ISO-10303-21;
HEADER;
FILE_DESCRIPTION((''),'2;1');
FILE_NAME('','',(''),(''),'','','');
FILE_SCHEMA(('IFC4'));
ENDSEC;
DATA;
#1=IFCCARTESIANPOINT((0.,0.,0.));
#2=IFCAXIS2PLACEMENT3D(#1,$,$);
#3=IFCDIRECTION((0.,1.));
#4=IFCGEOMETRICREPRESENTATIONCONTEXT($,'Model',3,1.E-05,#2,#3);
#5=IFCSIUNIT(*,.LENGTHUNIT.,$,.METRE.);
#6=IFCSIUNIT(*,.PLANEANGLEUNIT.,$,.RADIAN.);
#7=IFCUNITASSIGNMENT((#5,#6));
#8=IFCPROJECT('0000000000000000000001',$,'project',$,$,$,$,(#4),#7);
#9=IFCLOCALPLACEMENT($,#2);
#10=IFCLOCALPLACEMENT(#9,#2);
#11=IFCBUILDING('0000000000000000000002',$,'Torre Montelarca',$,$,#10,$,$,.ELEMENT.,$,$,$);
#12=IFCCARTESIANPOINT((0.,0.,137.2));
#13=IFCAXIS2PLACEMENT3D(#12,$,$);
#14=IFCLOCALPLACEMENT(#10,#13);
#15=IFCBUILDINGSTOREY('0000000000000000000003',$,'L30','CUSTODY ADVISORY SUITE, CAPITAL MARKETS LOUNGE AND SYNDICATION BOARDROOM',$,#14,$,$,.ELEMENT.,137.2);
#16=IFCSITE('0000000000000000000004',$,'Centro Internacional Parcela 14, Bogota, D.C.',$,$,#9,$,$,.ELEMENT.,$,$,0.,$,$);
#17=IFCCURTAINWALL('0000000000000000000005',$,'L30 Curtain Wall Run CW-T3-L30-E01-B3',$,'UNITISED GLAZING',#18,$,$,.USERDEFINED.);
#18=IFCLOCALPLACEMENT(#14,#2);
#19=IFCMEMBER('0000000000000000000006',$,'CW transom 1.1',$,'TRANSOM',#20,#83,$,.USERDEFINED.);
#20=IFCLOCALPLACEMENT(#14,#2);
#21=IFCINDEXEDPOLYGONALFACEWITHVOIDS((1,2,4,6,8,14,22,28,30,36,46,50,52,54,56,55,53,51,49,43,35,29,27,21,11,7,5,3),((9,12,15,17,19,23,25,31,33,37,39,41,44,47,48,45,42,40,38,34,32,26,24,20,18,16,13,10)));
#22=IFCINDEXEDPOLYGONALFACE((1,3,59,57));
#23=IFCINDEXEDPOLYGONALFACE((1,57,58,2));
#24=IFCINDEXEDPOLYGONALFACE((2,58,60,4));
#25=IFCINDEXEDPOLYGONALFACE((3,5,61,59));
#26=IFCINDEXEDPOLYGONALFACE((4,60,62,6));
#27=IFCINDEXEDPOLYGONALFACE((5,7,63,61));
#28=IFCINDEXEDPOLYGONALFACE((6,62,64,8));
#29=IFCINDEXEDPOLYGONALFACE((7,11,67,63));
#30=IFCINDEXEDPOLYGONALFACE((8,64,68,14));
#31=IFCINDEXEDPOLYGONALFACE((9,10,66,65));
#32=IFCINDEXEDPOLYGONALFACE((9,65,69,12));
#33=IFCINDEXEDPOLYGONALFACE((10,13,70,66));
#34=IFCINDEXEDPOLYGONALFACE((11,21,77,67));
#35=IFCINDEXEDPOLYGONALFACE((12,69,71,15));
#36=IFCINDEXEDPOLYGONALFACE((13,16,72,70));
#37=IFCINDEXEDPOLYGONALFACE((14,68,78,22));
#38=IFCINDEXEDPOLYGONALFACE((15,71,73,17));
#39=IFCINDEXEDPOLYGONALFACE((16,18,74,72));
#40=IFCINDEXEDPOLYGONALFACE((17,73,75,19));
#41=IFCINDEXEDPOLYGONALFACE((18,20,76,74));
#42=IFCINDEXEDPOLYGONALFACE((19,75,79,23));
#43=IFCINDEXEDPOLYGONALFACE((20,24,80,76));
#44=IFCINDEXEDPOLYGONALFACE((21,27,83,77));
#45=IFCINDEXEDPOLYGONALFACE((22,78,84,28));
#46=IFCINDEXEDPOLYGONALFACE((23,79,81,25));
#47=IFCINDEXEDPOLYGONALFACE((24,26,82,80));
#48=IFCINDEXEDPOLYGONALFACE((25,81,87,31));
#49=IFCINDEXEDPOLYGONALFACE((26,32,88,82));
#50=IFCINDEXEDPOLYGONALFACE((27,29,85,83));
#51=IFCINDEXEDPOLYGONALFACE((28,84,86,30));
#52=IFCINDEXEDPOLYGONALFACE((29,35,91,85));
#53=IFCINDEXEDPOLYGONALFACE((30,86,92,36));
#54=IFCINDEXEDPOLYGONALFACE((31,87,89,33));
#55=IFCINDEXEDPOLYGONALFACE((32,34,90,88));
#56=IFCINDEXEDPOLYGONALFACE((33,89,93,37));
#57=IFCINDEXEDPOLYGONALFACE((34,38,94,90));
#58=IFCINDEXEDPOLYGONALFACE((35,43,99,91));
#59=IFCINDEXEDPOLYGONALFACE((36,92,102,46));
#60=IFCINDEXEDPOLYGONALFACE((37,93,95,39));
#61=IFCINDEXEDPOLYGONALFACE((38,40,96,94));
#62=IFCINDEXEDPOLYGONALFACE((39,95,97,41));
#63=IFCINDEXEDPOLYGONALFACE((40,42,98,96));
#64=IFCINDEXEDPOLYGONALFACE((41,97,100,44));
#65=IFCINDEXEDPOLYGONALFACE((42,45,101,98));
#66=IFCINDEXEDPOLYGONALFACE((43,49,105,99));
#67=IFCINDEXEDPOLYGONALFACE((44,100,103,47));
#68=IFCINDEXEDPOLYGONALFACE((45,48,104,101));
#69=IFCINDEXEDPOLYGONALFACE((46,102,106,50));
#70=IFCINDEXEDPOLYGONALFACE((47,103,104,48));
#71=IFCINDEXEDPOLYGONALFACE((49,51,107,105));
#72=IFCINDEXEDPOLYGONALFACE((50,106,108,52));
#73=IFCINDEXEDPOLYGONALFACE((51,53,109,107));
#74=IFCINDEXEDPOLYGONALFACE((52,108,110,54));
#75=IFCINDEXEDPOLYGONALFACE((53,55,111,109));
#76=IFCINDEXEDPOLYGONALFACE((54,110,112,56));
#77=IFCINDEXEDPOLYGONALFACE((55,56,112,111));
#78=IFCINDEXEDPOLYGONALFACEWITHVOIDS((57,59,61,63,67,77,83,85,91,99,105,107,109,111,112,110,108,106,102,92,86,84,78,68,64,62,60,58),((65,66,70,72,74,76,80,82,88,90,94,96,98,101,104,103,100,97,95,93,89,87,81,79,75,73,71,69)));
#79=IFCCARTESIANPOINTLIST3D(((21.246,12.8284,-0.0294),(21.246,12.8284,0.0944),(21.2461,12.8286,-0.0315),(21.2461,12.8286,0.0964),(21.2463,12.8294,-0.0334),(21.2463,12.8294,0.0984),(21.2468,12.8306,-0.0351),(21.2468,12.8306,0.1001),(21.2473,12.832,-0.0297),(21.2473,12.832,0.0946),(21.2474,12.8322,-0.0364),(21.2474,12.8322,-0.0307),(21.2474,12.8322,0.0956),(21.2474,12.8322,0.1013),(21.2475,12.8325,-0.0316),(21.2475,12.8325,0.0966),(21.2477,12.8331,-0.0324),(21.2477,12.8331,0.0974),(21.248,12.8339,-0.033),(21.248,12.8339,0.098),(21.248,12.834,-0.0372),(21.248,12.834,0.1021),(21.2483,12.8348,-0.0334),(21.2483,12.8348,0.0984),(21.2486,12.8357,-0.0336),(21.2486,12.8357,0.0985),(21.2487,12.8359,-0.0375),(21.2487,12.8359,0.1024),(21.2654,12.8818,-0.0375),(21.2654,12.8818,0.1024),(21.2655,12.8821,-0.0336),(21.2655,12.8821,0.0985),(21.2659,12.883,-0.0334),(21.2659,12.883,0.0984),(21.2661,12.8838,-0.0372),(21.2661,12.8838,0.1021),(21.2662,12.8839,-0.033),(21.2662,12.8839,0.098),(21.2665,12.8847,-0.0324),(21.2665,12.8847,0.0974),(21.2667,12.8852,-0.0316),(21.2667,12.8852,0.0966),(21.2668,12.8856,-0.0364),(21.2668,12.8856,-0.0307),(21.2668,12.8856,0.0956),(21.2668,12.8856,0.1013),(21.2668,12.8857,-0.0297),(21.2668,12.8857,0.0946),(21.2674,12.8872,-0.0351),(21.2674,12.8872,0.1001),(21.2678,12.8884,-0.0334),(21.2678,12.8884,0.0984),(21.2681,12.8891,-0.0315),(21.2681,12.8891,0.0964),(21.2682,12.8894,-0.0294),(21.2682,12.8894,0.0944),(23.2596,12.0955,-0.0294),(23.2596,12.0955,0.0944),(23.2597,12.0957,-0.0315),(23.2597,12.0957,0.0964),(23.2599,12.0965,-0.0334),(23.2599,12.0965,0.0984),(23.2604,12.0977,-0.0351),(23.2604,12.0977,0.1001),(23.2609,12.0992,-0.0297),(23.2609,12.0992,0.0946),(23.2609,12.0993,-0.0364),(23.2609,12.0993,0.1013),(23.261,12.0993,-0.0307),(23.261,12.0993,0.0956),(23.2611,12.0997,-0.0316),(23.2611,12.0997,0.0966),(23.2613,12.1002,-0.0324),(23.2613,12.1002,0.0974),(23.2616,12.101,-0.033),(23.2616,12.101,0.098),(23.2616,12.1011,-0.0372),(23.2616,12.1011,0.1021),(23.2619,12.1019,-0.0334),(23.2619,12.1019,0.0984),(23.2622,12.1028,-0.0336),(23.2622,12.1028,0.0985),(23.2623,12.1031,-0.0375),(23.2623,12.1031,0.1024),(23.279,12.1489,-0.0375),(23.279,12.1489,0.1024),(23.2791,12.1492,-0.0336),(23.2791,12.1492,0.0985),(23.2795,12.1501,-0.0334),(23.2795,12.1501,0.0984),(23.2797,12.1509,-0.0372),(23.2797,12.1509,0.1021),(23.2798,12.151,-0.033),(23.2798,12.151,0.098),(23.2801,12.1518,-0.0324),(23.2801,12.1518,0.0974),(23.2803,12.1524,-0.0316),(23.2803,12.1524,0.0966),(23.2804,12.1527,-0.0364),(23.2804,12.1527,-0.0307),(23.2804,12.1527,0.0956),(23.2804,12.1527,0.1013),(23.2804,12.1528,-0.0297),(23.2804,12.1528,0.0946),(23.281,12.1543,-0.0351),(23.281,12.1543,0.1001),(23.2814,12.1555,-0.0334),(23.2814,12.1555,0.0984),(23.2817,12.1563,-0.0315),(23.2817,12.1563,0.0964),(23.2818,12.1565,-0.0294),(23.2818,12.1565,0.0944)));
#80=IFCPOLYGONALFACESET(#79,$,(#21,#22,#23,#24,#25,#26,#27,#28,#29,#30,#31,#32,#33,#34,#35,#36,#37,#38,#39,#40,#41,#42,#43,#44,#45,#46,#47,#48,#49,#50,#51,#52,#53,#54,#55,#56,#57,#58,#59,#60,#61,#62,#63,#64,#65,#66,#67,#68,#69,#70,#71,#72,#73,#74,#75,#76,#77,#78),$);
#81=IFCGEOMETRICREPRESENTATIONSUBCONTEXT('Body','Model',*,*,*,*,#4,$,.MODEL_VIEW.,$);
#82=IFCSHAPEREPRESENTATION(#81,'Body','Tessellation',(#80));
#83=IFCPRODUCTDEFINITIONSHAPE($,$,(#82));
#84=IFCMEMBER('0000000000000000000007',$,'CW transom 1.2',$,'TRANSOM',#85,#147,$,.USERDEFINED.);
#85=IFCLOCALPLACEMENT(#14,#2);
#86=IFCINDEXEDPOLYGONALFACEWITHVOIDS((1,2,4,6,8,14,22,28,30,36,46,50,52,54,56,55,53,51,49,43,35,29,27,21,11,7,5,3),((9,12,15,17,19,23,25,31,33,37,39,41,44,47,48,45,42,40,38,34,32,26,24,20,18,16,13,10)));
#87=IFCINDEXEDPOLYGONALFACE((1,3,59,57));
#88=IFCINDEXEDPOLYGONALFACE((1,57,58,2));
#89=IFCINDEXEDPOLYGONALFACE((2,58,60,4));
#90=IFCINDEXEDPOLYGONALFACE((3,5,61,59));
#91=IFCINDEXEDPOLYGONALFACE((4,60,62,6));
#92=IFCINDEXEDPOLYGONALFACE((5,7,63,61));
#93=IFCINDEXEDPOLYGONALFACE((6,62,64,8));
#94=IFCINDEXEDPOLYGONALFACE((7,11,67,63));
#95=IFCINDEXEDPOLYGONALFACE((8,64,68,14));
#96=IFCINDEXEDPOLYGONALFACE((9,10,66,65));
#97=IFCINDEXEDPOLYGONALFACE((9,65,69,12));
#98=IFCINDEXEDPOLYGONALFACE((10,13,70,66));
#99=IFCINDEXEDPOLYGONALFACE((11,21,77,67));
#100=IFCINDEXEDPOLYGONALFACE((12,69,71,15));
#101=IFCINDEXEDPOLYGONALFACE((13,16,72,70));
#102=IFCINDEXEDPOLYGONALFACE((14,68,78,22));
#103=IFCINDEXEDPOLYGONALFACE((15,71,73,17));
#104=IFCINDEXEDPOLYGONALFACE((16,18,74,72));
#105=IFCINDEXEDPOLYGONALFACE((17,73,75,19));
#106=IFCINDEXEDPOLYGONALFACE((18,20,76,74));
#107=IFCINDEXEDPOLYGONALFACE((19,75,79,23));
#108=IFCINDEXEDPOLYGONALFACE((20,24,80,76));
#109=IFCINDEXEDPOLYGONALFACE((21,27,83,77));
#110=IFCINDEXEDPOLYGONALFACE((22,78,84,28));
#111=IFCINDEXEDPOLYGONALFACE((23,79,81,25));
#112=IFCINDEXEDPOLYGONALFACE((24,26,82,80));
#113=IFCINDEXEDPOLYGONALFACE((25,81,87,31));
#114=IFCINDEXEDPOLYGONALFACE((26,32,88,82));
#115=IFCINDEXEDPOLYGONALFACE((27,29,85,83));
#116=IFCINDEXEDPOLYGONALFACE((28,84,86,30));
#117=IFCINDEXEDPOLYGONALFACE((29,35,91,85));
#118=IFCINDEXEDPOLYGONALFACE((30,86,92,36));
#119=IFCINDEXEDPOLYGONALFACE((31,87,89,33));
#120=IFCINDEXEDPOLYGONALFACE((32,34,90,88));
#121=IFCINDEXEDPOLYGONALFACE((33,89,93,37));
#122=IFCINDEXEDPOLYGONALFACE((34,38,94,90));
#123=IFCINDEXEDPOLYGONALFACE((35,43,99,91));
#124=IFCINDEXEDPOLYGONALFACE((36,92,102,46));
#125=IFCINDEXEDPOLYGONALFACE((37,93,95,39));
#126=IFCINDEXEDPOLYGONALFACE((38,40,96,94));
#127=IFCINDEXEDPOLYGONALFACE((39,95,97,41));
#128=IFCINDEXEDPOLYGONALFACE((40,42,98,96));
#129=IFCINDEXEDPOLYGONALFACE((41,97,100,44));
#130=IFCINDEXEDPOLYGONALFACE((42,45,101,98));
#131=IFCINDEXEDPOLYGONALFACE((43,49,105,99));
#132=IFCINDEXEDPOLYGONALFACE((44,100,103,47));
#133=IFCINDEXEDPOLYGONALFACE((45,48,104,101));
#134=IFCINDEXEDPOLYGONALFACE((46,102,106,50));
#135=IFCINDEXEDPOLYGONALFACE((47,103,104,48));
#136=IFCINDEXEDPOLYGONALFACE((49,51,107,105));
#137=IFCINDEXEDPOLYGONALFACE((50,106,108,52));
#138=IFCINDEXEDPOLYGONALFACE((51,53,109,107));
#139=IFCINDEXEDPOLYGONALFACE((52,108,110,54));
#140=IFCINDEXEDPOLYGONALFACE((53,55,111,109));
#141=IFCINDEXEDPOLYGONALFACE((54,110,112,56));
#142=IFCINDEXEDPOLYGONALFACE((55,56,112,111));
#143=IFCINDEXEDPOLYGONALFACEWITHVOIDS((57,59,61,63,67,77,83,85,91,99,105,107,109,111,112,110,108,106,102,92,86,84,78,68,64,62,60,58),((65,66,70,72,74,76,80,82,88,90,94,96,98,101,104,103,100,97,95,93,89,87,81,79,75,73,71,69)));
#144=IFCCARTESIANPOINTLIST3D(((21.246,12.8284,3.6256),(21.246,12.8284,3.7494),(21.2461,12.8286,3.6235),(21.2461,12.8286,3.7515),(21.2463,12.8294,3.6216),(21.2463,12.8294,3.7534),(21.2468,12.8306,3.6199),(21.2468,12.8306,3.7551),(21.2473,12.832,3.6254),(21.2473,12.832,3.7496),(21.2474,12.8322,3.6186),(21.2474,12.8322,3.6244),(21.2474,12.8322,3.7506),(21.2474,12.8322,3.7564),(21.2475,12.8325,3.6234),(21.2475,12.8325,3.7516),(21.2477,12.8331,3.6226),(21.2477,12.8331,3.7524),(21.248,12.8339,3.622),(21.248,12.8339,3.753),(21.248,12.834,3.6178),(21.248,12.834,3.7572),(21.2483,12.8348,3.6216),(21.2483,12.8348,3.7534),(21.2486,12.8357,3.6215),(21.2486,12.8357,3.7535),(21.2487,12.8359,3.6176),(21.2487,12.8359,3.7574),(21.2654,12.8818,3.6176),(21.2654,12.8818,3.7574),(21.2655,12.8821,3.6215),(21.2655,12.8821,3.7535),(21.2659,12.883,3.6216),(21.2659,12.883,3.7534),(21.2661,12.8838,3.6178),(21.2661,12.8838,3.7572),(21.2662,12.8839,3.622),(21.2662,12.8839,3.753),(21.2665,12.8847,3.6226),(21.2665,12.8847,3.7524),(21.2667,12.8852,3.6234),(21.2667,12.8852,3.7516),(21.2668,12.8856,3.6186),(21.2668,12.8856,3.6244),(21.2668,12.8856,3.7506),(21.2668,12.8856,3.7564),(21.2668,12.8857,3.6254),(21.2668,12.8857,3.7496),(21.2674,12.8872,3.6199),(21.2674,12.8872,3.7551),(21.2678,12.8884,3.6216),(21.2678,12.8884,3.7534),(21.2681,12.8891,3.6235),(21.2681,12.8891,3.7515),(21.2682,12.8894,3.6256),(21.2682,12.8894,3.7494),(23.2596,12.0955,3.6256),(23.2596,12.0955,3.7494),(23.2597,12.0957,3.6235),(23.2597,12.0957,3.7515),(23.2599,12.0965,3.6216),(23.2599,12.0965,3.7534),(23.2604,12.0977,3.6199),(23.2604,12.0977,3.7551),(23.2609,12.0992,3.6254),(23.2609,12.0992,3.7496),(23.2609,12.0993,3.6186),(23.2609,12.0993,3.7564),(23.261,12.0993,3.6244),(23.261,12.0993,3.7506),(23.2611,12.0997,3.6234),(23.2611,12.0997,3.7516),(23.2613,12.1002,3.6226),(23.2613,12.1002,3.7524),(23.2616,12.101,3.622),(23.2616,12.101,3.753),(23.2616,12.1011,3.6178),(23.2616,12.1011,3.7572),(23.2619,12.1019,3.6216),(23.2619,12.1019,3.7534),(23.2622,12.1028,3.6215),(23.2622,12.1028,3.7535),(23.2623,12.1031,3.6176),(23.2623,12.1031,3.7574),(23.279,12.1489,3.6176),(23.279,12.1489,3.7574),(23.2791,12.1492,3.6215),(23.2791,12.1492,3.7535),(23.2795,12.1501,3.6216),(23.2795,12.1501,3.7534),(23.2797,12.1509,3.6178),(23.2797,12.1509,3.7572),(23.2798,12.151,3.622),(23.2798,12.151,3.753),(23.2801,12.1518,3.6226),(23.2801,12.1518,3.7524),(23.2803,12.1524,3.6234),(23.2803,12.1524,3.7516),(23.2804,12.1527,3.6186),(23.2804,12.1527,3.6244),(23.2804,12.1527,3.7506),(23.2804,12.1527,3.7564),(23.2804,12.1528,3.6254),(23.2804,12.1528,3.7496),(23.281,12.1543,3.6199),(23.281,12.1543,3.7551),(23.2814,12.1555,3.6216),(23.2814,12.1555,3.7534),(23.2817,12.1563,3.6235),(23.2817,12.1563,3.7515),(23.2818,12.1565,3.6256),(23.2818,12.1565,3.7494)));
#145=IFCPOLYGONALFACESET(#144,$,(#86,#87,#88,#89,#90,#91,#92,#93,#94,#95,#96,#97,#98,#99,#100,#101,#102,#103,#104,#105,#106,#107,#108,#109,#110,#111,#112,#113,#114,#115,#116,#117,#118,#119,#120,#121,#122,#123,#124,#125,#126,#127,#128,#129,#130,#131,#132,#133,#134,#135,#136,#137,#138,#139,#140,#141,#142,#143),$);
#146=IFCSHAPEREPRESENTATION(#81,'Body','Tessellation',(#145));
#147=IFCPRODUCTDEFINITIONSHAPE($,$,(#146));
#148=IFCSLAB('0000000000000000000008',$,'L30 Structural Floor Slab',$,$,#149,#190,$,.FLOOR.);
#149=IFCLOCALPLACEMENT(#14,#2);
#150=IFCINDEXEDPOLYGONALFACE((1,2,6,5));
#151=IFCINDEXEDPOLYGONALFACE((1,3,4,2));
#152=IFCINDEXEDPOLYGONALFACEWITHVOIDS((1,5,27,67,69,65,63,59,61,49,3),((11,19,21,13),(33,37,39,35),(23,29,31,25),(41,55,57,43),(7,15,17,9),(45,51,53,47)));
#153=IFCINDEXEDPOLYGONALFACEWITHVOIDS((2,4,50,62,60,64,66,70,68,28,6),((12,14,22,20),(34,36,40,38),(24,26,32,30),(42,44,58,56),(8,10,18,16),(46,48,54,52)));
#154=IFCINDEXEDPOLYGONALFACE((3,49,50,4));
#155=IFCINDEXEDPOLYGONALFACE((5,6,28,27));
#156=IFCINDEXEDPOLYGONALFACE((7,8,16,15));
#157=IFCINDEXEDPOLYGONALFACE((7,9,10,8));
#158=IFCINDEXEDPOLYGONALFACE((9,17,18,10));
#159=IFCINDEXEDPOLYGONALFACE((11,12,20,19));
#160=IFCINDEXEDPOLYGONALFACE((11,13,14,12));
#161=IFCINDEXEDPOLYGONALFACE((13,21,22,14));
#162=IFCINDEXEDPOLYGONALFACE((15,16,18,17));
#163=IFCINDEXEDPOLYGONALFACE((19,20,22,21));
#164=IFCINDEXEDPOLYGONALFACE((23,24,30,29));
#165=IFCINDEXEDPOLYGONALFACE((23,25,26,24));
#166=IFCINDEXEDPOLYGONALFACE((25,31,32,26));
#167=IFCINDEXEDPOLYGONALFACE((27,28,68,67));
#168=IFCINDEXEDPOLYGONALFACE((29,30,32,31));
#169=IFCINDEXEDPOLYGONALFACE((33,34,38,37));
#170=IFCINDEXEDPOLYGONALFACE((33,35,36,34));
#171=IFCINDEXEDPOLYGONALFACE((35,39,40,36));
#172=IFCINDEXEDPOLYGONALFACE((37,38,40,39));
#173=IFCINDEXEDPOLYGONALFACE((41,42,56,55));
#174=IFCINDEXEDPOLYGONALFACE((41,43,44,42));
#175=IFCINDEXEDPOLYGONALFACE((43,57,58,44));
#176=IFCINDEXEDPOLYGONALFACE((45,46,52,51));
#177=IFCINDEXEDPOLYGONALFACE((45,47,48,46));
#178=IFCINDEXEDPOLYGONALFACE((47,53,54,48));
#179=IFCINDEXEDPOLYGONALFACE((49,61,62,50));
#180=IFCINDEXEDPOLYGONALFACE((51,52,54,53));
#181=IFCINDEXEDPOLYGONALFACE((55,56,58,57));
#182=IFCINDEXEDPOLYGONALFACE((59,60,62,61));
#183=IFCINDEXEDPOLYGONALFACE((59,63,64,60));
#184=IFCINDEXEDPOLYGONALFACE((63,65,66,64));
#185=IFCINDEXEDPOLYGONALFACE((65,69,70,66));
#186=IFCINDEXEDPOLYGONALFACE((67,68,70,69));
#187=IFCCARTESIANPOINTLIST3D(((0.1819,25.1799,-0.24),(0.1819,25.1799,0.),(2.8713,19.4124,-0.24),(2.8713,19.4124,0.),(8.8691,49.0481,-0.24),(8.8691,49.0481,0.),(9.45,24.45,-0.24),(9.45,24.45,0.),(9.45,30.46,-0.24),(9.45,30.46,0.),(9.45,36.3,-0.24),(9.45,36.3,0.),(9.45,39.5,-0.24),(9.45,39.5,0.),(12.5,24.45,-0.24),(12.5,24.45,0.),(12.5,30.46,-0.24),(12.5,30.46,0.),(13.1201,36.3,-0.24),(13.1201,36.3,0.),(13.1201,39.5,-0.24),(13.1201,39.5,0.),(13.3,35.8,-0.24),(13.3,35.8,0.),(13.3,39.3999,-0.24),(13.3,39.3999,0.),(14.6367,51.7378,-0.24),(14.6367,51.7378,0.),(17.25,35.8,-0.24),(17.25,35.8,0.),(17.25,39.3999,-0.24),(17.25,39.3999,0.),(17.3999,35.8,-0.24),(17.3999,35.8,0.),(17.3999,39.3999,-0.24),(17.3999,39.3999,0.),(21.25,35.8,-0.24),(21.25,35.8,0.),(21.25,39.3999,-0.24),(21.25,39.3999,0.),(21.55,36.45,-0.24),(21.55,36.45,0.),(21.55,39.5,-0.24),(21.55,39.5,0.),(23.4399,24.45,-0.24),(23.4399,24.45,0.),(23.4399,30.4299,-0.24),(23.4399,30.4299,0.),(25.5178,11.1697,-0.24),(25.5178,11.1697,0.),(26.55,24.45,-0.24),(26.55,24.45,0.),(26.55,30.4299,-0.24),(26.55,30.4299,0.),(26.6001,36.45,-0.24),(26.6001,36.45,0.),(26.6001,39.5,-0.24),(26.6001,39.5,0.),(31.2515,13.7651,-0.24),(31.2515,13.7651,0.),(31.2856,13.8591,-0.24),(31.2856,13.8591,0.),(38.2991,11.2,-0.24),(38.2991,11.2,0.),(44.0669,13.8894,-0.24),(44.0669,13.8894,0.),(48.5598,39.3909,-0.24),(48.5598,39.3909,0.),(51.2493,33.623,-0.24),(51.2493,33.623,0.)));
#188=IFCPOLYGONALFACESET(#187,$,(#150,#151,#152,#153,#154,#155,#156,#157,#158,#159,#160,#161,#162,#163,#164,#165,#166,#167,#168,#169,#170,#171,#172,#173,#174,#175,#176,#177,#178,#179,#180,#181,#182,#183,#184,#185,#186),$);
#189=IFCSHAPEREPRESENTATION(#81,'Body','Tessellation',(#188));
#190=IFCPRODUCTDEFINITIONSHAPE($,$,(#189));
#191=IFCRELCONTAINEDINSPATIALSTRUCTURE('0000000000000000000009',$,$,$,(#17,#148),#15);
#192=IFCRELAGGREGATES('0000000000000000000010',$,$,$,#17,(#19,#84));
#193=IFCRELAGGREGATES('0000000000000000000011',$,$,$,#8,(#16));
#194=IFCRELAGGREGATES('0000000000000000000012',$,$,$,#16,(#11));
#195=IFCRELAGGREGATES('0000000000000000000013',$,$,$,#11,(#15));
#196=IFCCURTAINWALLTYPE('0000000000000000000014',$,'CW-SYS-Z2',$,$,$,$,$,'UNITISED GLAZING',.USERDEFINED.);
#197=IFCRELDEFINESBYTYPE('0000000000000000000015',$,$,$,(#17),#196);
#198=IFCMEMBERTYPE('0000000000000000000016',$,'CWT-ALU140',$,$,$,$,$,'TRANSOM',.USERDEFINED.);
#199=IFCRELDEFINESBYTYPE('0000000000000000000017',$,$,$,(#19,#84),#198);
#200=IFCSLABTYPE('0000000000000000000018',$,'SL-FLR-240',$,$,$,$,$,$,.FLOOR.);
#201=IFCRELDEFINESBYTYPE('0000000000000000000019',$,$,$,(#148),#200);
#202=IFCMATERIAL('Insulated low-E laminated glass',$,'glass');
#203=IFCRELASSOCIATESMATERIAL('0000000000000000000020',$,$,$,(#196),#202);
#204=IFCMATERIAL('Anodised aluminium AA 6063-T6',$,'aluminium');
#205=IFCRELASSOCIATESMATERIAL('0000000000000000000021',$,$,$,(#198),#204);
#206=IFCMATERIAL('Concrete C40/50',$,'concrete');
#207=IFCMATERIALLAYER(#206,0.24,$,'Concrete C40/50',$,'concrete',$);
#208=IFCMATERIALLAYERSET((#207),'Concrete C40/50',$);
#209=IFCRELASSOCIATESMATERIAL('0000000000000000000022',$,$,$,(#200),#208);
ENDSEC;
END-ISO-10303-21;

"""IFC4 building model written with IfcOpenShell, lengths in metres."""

from ifc_helpers import new_model, si_unit, direction, frame, origin, origin_2d, place, context, subcontext, project, spatial, polyline, hollow_rectangle, outline, extrude, source, transform, mapped, material, layer, layer_set, material_profile, profile_set, type_object, element, aggregate, save


model = new_model("IFC4")

# Units and contexts
model_context = context("Model", 3, precision=1e-05, world=origin(), true_north=direction((0.0, 1.0)))
body_context = subcontext(model_context, "Body", "Model", "MODEL_VIEW")
ifc_project = project(units=[si_unit("LENGTHUNIT", "METRE"), si_unit("PLANEANGLEUNIT", "RADIAN")], contexts=[model_context])

# Site, building, storey
site_placement = place(None, origin())
site = spatial("IfcSite", under=ifc_project, at=site_placement, Name="Centro Internacional Parcela 14, Bogota, D.C.", CompositionType="ELEMENT", RefElevation=0.0)
building_placement = place(site_placement, origin())
building = spatial("IfcBuilding", under=site, at=building_placement, Name="Torre Montelarca", CompositionType="ELEMENT")
storey_placement = place(building_placement, frame((0.0, 0.0, 137.2)))
storey = spatial("IfcBuildingStorey", under=building, at=storey_placement, Name="L30", Description="CUSTODY ADVISORY SUITE, CAPITAL MARKETS LOUNGE AND SYNDICATION BOARDROOM", CompositionType="ELEMENT", Elevation=137.2)

# Curtain wall
ifc_material_1 = material(Name="Insulated low-E laminated glass", Category="glass")
curtain_wall_type = type_object("IfcCurtainWallType", Name="CW-SYS-Z2", ElementType="UNITISED GLAZING", PredefinedType="USERDEFINED", material=ifc_material_1)
ifc_material_2 = material(Name="Anodised aluminium AA 6063-T6", Category="aluminium")
curtain_wall_1_placement = place(storey_placement, origin())
curtain_wall_1 = element("IfcCurtainWall", 1, at=curtain_wall_1_placement, inside=storey, type_object=curtain_wall_type, Name="L30 Curtain Wall Run CW-T3-L30-E01-B3", ObjectType="UNITISED GLAZING", PredefinedType="USERDEFINED")

# Members
ifc_material_profile_1 = material_profile(ifc_material_2, hollow_rectangle(XDim=0.0649, YDim=0.1399, WallThickness=0.0039, InnerFilletRadius=0.0039, OuterFilletRadius=0.0081, at=origin_2d()), Name="ALU65X140X4", Category="aluminium")
ifc_profile_set_1 = profile_set([ifc_material_profile_1], Name="Anodised aluminium AA 6063-T6")
member_type_1 = type_object("IfcMemberType", Name="CWT-ALU140", ElementType="TRANSOM", PredefinedType="USERDEFINED", material=ifc_profile_set_1)
shared_shape_1 = source(origin(), body_context, "Body", "SweptSolid", [
    extrude(hollow_rectangle(XDim=0.0649, YDim=0.1399, WallThickness=0.0039, InnerFilletRadius=0.0039, OuterFilletRadius=0.0081, at=origin_2d()), origin(), (0.0, 0.0, 1.0), 2.1428),
])
member_1_placement = place(storey_placement, frame((21.2571, 12.8589, 0.0325), z_axis=(0.939694, -0.342017, 0.0), x_axis=(0.342017, 0.939694, 0.0)))
member_1 = element("IfcMember", 2, at=member_1_placement, type_object=member_type_1, Name="CW transom 1.1", ObjectType="TRANSOM", PredefinedType="USERDEFINED", context=body_context, shape_type="MappedRepresentation", body=[
    mapped(shared_shape_1, transform((0.0, 0.0, 0.0), scale=1.0)),
])
member_2_placement = place(storey_placement, frame((21.2571, 12.8589, 3.6875), z_axis=(0.939694, -0.342017, 0.0), x_axis=(0.342017, 0.939694, 0.0)))
member_2 = element("IfcMember", 3, at=member_2_placement, type_object=member_type_1, Name="CW transom 1.2", ObjectType="TRANSOM", PredefinedType="USERDEFINED", context=body_context, shape_type="MappedRepresentation", body=[
    mapped(shared_shape_1, transform((0.0, 0.0, 0.0), scale=1.0)),
])

# Slab
ifc_material_3 = material(Name="Concrete C40/50", Category="concrete")
ifc_layer_1 = layer(ifc_material_3, 0.24, Name="Concrete C40/50", Category="concrete")
ifc_layer_set_1 = layer_set([ifc_layer_1], Name="Concrete C40/50")
slab_type_1 = type_object("IfcSlabType", Name="SL-FLR-240", PredefinedType="FLOOR", material=ifc_layer_set_1)
slab_1_placement = place(storey_placement, frame((0.0, 0.0, -0.24)))
element("IfcSlab", 4, at=slab_1_placement, inside=storey, type_object=slab_type_1, Name="L30 Structural Floor Slab", PredefinedType="FLOOR", context=body_context, shape_type="SweptSolid", body=[
    extrude(outline(polyline([(25.5178, 11.1697), (31.2856, 13.8591), (31.2515, 13.7651), (38.2991, 11.2), (44.0669, 13.8894), (51.2493, 33.623), (48.5598, 39.3909), (14.6367, 51.7378), (8.8691, 49.0481), (0.1819, 25.1799), (2.8713, 19.4124), (25.5178, 11.1697)]), holes=[polyline([(26.55, 24.45), (23.4399, 24.45), (23.4399, 30.4299), (26.55, 30.4299), (26.55, 24.45)]), polyline([(9.45, 24.45), (9.45, 30.46), (12.5, 30.46), (12.5, 24.45), (9.45, 24.45)]), polyline([(17.25, 35.8), (13.3, 35.8), (13.3, 39.3999), (17.25, 39.3999), (17.25, 35.8)]), polyline([(21.25, 39.3999), (21.25, 35.8), (17.3999, 35.8), (17.3999, 39.3999), (21.25, 39.3999)]), polyline([(13.1201, 36.3), (9.45, 36.3), (9.45, 39.5), (13.1201, 39.5), (13.1201, 36.3)]), polyline([(26.6001, 36.45), (21.55, 36.45), (21.55, 39.5), (26.6001, 39.5), (26.6001, 36.45)])]), origin(), (0.0, 0.0, 1.0), 0.24),
])

aggregate(curtain_wall_1, [member_1, member_2])

save(model, "model.ifc")
